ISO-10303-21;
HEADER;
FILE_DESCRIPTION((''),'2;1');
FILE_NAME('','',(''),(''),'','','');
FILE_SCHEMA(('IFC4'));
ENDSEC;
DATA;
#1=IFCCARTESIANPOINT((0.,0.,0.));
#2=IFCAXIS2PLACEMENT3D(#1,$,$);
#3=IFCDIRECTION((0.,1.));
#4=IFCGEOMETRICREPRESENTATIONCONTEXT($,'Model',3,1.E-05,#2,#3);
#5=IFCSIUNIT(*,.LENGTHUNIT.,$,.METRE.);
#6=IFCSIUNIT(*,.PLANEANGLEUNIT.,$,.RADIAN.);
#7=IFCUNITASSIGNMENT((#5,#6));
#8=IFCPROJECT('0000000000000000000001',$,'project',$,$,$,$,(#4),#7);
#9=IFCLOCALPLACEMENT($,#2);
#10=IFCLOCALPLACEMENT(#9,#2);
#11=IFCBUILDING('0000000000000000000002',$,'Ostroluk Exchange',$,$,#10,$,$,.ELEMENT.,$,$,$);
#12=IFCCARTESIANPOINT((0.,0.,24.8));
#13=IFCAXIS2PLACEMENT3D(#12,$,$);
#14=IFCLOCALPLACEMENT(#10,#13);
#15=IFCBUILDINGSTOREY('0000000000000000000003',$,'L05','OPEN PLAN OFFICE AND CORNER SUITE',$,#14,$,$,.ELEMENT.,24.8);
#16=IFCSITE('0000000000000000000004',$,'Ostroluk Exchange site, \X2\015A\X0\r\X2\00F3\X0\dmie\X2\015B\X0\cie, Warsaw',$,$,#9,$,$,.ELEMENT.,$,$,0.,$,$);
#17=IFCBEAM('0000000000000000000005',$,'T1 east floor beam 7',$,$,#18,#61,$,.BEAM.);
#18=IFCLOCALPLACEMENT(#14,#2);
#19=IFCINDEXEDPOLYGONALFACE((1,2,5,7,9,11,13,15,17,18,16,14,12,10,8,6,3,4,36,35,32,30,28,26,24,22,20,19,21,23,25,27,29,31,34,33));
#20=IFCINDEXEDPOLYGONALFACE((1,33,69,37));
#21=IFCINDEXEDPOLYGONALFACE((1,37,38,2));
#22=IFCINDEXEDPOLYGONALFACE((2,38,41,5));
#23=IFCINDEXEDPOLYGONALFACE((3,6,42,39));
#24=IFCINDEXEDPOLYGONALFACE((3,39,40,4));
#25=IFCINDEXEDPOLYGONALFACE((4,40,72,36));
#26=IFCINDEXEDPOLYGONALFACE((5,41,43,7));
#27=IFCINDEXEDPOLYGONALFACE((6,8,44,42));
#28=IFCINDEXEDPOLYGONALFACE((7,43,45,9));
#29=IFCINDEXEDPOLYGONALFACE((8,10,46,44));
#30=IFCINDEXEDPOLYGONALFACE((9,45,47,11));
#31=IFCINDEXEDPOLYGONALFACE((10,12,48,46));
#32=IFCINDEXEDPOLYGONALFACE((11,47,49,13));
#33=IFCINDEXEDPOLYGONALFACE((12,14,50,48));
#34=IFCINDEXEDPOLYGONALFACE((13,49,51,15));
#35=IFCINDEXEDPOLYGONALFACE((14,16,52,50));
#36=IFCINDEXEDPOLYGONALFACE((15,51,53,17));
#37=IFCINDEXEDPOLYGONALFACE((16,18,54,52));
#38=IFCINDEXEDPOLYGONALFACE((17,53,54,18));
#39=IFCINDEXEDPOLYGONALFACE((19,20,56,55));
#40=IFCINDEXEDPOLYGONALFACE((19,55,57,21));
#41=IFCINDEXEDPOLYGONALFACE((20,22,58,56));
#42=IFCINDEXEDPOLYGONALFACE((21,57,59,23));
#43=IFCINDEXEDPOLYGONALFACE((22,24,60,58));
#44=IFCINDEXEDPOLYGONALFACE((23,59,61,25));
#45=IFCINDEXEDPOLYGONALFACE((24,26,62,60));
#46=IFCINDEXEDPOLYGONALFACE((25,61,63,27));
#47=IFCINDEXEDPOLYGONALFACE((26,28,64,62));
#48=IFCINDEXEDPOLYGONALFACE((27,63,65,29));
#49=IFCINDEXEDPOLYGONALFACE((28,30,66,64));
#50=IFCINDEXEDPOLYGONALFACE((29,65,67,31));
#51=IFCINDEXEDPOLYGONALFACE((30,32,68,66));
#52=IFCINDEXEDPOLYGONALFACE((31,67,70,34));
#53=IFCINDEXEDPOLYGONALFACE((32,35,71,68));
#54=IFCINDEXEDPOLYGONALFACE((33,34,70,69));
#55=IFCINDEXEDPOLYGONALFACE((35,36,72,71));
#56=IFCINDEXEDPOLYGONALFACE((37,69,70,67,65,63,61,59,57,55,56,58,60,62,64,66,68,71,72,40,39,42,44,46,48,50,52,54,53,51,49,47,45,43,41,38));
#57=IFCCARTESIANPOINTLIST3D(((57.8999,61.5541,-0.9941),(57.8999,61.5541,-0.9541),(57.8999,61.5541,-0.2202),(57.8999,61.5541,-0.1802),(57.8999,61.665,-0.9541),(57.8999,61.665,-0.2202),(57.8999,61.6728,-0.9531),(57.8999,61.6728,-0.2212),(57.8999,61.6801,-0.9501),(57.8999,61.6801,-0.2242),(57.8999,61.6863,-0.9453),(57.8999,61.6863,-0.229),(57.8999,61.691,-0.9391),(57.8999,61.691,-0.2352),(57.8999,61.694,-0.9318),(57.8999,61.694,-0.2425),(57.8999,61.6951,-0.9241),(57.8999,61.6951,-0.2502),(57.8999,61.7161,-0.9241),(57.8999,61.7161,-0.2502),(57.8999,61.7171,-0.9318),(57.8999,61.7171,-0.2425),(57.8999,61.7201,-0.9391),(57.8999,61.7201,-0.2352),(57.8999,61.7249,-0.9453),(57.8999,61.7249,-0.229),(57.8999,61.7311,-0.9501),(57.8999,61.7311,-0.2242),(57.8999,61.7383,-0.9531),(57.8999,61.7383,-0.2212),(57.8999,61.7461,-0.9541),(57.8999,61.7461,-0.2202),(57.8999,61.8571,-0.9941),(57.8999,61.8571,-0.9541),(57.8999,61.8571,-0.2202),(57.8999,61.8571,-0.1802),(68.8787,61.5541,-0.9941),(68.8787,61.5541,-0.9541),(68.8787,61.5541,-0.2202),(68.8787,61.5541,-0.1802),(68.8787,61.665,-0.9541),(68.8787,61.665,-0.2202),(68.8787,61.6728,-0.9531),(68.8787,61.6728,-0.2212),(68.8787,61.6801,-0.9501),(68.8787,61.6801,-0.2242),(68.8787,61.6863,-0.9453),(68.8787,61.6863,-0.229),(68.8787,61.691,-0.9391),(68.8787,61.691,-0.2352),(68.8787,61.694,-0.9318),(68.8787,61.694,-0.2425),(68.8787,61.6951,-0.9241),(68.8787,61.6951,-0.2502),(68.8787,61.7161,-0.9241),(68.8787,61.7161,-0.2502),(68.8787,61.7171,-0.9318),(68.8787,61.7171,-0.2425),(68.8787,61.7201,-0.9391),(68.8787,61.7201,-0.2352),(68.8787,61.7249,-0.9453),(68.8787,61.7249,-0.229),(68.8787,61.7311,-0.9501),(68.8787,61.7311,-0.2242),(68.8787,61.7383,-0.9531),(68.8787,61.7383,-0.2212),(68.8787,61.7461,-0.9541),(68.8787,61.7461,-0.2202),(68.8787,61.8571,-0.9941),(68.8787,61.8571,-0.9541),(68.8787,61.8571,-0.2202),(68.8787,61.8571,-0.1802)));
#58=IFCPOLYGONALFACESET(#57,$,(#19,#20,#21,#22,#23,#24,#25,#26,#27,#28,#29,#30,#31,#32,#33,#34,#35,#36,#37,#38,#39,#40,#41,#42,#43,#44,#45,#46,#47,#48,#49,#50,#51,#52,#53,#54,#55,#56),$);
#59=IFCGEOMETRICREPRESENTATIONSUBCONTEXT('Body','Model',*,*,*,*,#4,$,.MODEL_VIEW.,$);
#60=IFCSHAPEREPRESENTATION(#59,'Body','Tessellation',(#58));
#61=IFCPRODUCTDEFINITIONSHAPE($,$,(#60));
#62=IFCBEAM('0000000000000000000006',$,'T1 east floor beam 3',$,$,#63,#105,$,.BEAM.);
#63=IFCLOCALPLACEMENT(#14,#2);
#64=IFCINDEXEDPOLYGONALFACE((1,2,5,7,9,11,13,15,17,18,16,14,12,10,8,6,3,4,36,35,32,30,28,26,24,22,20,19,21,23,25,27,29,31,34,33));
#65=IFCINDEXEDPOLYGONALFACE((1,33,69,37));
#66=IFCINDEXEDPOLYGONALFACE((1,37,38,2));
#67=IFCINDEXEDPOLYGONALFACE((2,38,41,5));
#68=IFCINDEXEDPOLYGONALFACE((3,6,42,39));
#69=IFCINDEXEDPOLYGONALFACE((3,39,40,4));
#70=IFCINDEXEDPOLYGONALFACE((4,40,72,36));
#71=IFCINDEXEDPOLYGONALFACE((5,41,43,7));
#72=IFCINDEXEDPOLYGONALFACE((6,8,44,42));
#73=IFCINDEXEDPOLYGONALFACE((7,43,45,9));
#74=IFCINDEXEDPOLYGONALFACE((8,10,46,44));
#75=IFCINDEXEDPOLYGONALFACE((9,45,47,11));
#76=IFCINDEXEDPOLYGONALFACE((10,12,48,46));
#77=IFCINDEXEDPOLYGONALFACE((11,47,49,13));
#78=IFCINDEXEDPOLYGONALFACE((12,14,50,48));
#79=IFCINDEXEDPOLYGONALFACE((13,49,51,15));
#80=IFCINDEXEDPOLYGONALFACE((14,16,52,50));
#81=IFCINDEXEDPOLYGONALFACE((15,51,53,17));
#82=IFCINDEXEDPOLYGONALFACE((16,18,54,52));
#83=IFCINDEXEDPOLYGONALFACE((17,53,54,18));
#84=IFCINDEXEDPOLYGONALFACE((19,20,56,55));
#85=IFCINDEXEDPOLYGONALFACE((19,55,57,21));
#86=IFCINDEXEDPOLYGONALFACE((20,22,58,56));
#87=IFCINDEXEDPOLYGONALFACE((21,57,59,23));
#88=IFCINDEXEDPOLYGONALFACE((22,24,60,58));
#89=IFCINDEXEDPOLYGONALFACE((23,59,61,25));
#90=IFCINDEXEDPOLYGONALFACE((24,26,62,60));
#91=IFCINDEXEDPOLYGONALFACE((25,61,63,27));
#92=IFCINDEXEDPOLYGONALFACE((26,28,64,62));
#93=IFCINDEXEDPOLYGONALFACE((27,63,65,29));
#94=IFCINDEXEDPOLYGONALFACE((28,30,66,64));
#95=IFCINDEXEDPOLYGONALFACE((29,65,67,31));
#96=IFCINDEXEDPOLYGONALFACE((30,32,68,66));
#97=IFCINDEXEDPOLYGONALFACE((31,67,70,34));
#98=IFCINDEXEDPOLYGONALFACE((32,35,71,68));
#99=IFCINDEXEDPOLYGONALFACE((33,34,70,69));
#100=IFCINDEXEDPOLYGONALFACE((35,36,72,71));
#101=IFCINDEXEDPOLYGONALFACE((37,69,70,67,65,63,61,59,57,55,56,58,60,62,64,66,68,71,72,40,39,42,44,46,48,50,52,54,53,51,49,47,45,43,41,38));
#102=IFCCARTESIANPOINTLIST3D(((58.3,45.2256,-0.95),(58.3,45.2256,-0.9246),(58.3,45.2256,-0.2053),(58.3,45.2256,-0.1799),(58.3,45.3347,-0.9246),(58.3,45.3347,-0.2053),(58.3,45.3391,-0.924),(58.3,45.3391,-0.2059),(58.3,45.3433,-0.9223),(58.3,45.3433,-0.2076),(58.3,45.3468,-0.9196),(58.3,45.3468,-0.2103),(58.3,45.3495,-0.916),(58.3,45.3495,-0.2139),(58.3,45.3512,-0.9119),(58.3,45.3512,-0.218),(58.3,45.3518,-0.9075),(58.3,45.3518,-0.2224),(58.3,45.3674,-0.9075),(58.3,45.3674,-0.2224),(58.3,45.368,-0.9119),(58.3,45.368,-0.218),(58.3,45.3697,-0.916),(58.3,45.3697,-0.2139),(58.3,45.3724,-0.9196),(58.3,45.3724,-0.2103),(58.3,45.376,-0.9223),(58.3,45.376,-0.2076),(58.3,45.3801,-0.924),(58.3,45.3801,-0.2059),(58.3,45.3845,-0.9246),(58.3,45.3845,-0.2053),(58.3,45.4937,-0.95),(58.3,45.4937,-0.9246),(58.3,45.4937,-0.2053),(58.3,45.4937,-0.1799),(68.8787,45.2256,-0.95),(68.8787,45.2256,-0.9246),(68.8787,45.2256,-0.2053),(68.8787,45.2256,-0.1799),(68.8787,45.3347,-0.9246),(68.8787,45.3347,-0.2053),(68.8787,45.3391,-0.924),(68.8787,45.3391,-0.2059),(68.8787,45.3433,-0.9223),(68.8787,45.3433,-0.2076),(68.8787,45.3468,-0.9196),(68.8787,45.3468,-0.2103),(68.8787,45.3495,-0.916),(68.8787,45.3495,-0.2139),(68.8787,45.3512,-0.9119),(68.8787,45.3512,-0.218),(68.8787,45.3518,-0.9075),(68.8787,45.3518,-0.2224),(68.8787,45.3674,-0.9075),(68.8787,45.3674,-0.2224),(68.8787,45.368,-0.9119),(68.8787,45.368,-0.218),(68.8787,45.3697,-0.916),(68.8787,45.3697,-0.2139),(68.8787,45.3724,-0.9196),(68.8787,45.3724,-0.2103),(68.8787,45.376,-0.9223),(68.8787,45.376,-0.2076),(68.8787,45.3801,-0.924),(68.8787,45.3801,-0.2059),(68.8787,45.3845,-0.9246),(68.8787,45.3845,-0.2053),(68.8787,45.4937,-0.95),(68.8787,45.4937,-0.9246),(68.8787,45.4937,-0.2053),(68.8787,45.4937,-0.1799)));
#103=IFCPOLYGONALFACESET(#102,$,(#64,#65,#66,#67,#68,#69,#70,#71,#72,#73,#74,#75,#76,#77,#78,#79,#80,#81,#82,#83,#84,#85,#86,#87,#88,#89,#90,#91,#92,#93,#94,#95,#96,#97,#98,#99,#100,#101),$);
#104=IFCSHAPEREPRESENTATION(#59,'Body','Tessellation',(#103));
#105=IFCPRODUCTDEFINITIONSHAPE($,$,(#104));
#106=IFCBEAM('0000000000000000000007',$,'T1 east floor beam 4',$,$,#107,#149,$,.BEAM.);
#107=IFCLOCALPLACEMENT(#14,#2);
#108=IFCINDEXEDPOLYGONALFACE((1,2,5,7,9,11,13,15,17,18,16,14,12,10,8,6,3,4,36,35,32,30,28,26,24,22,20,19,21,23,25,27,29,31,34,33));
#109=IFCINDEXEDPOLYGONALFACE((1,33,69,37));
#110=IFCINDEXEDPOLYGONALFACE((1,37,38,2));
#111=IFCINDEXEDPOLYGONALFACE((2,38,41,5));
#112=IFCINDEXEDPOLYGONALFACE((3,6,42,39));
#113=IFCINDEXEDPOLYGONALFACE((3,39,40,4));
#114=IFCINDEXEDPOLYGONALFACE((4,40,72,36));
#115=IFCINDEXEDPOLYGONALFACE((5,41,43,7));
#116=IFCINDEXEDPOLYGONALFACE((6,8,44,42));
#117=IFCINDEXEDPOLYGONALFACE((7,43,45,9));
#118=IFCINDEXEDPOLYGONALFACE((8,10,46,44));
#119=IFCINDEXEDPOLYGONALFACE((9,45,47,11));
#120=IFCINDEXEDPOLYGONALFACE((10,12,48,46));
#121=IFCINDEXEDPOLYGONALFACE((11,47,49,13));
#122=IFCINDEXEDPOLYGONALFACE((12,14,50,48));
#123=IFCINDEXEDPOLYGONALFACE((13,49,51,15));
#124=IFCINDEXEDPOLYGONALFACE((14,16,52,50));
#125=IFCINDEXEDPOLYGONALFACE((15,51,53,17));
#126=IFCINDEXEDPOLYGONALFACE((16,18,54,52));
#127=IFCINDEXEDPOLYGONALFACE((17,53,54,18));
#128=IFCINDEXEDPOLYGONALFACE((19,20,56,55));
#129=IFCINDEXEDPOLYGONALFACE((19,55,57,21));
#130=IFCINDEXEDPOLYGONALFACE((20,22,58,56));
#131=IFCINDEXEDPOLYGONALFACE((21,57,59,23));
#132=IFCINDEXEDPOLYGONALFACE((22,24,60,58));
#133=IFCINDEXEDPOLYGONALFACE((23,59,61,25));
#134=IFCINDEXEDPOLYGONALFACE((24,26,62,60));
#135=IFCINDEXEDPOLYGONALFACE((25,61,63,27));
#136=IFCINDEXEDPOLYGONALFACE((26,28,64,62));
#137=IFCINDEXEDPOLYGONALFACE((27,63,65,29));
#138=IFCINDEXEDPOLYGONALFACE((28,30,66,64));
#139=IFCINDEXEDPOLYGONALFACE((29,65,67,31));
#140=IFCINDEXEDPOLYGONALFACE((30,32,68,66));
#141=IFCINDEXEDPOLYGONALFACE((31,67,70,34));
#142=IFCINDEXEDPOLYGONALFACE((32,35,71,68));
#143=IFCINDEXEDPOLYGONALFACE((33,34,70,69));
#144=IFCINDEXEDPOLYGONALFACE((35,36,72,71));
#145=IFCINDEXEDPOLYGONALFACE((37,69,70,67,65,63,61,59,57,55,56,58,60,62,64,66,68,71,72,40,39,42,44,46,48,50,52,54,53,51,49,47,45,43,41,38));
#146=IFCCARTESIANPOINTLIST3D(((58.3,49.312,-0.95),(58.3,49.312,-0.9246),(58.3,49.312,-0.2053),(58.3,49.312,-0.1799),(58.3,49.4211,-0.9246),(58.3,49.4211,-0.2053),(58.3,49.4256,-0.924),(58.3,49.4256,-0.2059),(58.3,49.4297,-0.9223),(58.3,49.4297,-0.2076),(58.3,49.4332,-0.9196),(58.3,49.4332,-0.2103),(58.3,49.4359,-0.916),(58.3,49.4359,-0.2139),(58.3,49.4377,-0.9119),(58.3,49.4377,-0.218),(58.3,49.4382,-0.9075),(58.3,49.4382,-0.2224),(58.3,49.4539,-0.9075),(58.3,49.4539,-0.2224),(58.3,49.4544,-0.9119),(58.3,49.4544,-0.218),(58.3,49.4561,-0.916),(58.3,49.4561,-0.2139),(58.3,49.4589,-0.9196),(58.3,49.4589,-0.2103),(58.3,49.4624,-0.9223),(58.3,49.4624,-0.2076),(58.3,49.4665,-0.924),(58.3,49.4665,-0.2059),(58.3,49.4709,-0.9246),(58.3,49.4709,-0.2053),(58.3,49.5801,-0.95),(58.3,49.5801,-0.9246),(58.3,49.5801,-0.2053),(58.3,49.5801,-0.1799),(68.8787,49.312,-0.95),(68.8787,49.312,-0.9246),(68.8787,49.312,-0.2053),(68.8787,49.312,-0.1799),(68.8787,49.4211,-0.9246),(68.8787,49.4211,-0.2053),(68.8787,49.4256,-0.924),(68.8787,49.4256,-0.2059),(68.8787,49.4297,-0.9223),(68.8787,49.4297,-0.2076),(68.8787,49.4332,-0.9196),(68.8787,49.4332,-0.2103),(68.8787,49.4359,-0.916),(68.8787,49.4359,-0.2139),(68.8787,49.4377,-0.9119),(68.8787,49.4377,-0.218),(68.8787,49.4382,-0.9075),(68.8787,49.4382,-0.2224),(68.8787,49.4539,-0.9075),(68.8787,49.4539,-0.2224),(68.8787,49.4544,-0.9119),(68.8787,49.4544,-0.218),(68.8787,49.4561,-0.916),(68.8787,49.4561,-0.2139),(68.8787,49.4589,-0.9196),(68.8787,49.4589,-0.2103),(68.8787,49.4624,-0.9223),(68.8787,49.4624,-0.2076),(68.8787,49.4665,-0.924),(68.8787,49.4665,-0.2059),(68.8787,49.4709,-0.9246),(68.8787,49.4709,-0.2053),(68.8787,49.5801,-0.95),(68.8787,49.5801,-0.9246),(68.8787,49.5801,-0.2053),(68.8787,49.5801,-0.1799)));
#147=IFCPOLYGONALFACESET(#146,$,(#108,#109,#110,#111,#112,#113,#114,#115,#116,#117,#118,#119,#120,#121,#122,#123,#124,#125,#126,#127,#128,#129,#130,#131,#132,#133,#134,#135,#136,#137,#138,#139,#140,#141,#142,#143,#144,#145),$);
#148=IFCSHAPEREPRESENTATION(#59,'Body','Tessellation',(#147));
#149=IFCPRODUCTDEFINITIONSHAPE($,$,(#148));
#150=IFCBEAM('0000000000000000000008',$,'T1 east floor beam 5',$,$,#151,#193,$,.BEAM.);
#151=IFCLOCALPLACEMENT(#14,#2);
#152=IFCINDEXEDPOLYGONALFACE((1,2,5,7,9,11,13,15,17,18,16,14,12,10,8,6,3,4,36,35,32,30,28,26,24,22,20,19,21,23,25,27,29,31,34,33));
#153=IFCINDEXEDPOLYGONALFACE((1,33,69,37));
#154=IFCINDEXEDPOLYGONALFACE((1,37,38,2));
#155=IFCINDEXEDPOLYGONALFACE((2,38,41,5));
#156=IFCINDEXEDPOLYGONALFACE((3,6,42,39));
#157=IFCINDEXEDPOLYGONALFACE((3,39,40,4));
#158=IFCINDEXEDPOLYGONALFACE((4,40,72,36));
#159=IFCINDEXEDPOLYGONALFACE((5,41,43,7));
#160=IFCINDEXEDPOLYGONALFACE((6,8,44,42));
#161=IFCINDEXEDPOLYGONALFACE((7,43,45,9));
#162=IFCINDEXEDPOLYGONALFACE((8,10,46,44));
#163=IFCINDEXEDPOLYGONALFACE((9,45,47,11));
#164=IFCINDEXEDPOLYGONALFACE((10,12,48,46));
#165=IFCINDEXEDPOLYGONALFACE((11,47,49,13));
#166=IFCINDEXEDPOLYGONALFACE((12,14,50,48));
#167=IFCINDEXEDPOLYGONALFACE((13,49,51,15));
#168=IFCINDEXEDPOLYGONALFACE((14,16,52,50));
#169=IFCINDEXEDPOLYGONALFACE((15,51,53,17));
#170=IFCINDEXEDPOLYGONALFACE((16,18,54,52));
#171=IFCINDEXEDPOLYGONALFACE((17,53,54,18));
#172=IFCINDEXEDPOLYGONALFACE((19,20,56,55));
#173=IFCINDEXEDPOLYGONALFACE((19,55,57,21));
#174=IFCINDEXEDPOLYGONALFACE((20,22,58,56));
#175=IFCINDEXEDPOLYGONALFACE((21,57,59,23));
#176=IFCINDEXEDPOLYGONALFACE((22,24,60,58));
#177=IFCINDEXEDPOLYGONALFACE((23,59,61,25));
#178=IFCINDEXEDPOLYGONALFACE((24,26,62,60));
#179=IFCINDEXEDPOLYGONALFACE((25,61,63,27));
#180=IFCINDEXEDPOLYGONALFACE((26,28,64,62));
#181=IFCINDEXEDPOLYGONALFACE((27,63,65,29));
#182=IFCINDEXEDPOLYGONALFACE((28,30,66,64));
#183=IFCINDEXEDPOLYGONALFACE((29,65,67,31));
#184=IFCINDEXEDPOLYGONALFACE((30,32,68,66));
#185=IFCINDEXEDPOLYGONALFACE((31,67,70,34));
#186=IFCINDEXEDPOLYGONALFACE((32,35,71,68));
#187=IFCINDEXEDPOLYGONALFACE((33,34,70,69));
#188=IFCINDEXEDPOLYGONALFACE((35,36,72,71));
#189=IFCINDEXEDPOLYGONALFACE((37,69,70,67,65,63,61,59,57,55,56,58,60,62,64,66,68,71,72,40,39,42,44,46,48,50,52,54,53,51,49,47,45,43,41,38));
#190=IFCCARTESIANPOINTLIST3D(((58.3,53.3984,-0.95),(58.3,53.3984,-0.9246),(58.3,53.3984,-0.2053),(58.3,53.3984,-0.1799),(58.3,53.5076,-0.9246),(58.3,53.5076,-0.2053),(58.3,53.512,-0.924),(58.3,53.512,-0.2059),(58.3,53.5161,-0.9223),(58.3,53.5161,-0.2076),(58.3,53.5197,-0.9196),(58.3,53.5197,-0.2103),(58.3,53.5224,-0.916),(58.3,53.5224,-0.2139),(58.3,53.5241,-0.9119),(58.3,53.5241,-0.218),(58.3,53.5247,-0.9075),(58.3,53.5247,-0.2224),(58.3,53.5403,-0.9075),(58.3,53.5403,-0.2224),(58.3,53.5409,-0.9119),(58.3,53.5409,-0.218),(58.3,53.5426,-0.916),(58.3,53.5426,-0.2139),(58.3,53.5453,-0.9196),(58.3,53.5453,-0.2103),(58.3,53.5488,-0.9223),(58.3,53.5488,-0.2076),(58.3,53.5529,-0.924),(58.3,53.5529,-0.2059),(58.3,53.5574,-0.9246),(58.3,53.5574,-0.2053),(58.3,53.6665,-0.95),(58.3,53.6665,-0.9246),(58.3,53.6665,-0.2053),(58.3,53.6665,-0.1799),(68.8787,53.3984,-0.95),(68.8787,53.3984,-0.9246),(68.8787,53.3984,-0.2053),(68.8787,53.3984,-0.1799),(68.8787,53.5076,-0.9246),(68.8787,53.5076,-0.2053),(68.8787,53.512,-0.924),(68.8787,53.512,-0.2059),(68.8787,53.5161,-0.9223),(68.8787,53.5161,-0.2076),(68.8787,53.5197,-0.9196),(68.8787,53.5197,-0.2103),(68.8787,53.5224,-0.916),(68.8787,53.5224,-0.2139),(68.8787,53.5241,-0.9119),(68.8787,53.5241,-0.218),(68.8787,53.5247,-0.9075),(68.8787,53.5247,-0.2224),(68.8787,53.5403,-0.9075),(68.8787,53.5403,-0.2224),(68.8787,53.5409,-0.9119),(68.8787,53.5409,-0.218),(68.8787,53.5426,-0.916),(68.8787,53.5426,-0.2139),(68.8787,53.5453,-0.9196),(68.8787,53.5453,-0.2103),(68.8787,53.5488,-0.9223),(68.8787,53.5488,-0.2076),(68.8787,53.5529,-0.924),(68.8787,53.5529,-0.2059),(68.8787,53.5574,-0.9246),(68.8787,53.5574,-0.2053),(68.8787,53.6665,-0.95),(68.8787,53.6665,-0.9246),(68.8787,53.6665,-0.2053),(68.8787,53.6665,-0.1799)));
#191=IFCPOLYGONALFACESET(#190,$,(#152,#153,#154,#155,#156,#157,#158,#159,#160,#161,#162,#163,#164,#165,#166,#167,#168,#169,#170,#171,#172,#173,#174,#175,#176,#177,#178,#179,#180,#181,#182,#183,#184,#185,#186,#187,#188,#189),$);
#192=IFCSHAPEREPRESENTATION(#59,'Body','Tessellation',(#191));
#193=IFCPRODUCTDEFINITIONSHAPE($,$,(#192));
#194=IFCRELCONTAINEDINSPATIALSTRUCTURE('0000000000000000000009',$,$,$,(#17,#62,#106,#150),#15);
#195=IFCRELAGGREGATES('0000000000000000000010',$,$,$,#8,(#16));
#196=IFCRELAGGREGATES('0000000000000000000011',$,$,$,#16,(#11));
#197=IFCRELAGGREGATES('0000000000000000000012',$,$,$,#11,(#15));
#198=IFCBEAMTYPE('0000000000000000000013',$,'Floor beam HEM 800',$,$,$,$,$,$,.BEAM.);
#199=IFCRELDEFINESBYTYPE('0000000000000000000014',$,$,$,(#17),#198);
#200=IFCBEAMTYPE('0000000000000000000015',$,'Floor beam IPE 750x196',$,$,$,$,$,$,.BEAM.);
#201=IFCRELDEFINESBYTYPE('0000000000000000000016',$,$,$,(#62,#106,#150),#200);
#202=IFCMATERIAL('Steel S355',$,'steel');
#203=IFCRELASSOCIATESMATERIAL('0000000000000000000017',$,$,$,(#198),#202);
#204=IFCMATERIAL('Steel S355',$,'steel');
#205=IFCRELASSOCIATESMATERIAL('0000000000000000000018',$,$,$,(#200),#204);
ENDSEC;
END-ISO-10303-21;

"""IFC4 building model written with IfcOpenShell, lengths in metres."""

from ifc_helpers import new_model, si_unit, direction, frame, origin, origin_2d, place, context, subcontext, project, spatial, i_section, extrude, material, material_profile, profile_set, type_object, element, save


model = new_model("IFC4")

# Units and contexts
model_context = context("Model", 3, precision=1e-05, world=origin(), true_north=direction((0.0, 1.0)))
body_context = subcontext(model_context, "Body", "Model", "MODEL_VIEW")
ifc_project = project(units=[si_unit("LENGTHUNIT", "METRE"), si_unit("PLANEANGLEUNIT", "RADIAN")], contexts=[model_context])

# Site, building, storey
site_placement = place(None, origin())
site = spatial("IfcSite", under=ifc_project, at=site_placement, Name="Ostroluk Exchange site, Śródmieście, Warsaw", CompositionType="ELEMENT", RefElevation=0.0)
building_placement = place(site_placement, origin())
building = spatial("IfcBuilding", under=site, at=building_placement, Name="Ostroluk Exchange", CompositionType="ELEMENT")
storey_placement = place(building_placement, frame((0.0, 0.0, 24.8)))
storey = spatial("IfcBuildingStorey", under=building, at=storey_placement, Name="L05", Description="OPEN PLAN OFFICE AND CORNER SUITE", CompositionType="ELEMENT", Elevation=24.8)

# Beams
ifc_material_1 = material(Name="Steel S355", Category="steel")
ifc_material_profile_1 = material_profile(ifc_material_1, i_section(OverallWidth=0.303, OverallDepth=0.814, WebThickness=0.021, FlangeThickness=0.04, FilletRadius=0.03, at=origin_2d()), Name="HEM 800")
ifc_profile_set_1 = profile_set([ifc_material_profile_1], Name="Steel S355")
beam_type_1 = type_object("IfcBeamType", Name="Floor beam HEM 800", PredefinedType="BEAM", material=ifc_profile_set_1)
beam_1_placement = place(storey_placement, frame((57.8999, 61.7056, -0.5872), z_axis=(1.0, 0.0, 0.0), x_axis=(0.0, 1.0, 0.0)))
element("IfcBeam", 1, at=beam_1_placement, inside=storey, type_object=beam_type_1, Name="T1 east floor beam 7", PredefinedType="BEAM", context=body_context, shape_type="SweptSolid", body=[
    extrude(i_section(OverallWidth=0.303, OverallDepth=0.814, WebThickness=0.021, FlangeThickness=0.04, FilletRadius=0.03, at=origin_2d()), origin(), (0.0, 0.0, 1.0), 10.9788),
])
ifc_material_2 = material(Name="Steel S355", Category="steel")
ifc_material_profile_2 = material_profile(ifc_material_2, i_section(OverallWidth=0.2681, OverallDepth=0.77, WebThickness=0.0156, FlangeThickness=0.0254, FilletRadius=0.0171, at=origin_2d()), Name="IPE 750x196")
ifc_profile_set_2 = profile_set([ifc_material_profile_2], Name="Steel S355")
beam_type_2 = type_object("IfcBeamType", Name="Floor beam IPE 750x196", PredefinedType="BEAM", material=ifc_profile_set_2)
for number, where, z_axis, x_axis, name in (
    (2, (58.3, 45.3596, -0.5649), (1.0, 0.0, 0.0), (0.0, 1.0, 0.0), "T1 east floor beam 3"),
    (3, (58.3, 49.446, -0.5649), (1.0, 0.0, 0.0), (0.0, 1.0, 0.0), "T1 east floor beam 4"),
    (4, (58.3, 53.5325, -0.5649), (1.0, 0.0, 0.0), (0.0, 1.0, 0.0), "T1 east floor beam 5"),
):
    element("IfcBeam", number, at=place(storey_placement, frame(where, z_axis=z_axis, x_axis=x_axis)), inside=storey, type_object=beam_type_2, Name=name, PredefinedType="BEAM", context=body_context, shape_type="SweptSolid", body=[
        extrude(i_section(OverallWidth=0.2681, OverallDepth=0.77, WebThickness=0.0156, FlangeThickness=0.0254, FilletRadius=0.0171, at=origin_2d()), origin(), (0.0, 0.0, 1.0), 10.5786),
    ])

save(model, "model.ifc")
